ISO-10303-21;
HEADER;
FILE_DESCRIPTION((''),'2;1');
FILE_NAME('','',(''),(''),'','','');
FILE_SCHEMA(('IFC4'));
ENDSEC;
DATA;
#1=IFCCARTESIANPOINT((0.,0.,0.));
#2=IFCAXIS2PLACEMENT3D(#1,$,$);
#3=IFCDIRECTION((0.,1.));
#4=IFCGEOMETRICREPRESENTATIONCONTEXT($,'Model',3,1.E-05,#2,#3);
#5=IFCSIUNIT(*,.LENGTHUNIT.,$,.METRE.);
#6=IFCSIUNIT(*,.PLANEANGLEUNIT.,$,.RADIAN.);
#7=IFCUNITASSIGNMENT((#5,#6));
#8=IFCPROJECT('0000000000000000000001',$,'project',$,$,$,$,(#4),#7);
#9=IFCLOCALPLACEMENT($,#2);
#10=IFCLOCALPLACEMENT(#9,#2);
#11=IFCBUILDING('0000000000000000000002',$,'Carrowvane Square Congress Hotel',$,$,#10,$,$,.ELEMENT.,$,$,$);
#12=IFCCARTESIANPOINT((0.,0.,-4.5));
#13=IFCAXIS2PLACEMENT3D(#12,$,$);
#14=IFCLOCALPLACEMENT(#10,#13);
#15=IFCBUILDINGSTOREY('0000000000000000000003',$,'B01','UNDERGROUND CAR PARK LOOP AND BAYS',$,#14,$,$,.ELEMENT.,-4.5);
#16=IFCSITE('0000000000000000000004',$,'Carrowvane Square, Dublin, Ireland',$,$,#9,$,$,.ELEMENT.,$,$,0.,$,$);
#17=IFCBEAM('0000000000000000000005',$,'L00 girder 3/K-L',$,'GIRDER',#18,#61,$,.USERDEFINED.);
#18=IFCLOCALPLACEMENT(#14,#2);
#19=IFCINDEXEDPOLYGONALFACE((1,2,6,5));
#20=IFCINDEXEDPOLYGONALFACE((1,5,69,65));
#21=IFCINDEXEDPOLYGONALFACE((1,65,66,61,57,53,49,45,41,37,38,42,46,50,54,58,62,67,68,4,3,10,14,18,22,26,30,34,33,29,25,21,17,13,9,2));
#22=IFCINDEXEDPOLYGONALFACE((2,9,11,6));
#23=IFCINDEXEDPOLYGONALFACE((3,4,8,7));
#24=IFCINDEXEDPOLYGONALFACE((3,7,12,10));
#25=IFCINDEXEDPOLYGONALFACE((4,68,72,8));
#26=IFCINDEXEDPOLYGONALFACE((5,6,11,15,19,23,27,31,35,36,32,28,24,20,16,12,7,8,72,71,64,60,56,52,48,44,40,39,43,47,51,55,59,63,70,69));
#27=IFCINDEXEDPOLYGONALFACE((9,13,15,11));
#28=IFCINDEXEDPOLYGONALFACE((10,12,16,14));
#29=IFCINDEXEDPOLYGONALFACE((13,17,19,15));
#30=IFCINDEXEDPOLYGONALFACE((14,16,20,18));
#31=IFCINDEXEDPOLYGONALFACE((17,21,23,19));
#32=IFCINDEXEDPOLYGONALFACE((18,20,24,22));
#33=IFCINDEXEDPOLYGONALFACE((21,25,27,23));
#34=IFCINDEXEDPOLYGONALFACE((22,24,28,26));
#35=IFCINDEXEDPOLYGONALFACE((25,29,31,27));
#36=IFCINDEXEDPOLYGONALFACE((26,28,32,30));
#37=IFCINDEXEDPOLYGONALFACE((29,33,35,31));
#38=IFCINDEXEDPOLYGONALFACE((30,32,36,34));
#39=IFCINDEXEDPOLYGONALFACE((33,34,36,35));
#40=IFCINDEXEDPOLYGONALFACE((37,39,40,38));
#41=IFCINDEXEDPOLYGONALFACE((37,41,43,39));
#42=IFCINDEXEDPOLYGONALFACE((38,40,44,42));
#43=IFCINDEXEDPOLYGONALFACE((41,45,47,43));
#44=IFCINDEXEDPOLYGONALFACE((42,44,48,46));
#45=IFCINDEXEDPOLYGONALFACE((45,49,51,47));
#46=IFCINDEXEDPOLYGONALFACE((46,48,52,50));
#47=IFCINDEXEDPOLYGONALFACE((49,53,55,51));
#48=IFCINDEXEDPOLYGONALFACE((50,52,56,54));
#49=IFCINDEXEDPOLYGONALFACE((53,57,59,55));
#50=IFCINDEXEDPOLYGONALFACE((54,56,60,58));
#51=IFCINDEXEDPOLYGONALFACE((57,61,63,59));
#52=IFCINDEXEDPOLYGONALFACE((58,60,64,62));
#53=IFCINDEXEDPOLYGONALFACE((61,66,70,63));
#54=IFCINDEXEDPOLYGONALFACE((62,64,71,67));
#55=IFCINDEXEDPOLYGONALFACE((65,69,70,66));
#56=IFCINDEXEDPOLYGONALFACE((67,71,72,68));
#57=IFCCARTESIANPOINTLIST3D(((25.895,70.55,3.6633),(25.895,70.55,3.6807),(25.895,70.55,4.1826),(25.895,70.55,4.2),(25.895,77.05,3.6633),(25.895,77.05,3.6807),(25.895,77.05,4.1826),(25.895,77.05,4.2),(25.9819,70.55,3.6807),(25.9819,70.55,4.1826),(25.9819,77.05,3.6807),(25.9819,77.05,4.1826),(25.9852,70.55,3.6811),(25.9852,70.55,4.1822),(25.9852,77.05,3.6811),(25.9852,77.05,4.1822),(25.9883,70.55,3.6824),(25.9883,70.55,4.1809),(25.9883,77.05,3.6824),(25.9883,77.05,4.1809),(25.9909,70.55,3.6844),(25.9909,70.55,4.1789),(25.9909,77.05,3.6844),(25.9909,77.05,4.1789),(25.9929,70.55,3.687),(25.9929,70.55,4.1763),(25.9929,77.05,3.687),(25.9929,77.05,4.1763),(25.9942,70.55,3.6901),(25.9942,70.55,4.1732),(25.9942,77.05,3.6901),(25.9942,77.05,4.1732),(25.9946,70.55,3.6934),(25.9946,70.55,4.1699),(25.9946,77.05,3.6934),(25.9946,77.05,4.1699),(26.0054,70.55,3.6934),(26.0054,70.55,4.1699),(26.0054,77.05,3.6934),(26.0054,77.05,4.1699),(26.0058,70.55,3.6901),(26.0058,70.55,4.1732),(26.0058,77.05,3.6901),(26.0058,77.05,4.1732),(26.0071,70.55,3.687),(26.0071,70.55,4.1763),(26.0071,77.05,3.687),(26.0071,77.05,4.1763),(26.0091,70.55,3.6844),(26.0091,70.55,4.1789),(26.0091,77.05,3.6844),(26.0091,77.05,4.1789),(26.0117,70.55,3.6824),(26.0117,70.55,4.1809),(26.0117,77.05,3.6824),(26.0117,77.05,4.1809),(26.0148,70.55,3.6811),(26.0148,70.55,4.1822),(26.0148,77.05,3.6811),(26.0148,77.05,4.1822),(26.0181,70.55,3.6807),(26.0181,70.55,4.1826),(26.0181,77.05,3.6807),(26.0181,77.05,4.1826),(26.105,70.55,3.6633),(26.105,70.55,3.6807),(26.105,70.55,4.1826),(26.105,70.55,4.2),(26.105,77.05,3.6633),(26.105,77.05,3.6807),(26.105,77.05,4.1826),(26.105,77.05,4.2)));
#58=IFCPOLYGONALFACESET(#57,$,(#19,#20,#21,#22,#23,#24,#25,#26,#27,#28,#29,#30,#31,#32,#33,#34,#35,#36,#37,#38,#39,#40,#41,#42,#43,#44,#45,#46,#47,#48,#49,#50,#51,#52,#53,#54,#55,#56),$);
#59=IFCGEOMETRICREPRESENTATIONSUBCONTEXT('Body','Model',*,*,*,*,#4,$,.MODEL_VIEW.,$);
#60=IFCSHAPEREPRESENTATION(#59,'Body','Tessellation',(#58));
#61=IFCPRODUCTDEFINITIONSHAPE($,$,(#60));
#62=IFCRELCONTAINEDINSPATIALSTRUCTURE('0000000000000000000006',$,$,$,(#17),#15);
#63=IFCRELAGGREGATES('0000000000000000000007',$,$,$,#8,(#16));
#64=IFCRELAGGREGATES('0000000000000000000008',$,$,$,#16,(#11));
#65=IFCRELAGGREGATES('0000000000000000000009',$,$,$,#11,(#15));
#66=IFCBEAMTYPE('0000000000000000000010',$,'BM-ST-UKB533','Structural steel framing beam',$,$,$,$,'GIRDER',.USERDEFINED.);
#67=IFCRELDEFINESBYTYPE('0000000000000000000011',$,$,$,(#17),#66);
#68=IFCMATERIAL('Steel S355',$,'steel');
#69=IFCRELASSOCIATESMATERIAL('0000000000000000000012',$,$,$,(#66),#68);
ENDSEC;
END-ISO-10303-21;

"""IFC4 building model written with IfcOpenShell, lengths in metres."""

from ifc_helpers import new_model, si_unit, direction, frame, origin, origin_2d, place, context, subcontext, project, spatial, i_section, extrude, material, material_profile, profile_set, type_object, element, save


model = new_model("IFC4")

# Units and contexts
model_context = context("Model", 3, precision=1e-05, world=origin(), true_north=direction((0.0, 1.0)))
body_context = subcontext(model_context, "Body", "Model", "MODEL_VIEW")
ifc_project = project(units=[si_unit("LENGTHUNIT", "METRE"), si_unit("PLANEANGLEUNIT", "RADIAN")], contexts=[model_context])

# Site, building, storey
site_placement = place(None, origin())
site = spatial("IfcSite", under=ifc_project, at=site_placement, Name="Carrowvane Square, Dublin, Ireland", CompositionType="ELEMENT", RefElevation=0.0)
building_placement = place(site_placement, origin())
building = spatial("IfcBuilding", under=site, at=building_placement, Name="Carrowvane Square Congress Hotel", CompositionType="ELEMENT")
storey_placement = place(building_placement, frame((0.0, 0.0, -4.5)))
storey = spatial("IfcBuildingStorey", under=building, at=storey_placement, Name="B01", Description="UNDERGROUND CAR PARK LOOP AND BAYS", CompositionType="ELEMENT", Elevation=-4.5)

# Beam
ifc_material_1 = material(Name="Steel S355", Category="steel")
ifc_material_profile_1 = material_profile(ifc_material_1, i_section(OverallWidth=0.21, OverallDepth=0.5366, WebThickness=0.0107, FlangeThickness=0.0173, FilletRadius=0.0127, at=origin_2d()), Name="UKB 533x210x101")
ifc_profile_set_1 = profile_set([ifc_material_profile_1], Name="Steel S355")
beam_type_1 = type_object("IfcBeamType", Name="BM-ST-UKB533", Description="Structural steel framing beam", ElementType="GIRDER", PredefinedType="USERDEFINED", material=ifc_profile_set_1)
for number, where, z_axis, x_axis, name in (
    (1, (26.0, 70.55, 3.9316), (0.0, 1.0, 0.0), (-1.0, 0.0, 0.0), "L00 girder 3/K-L"),
):
    element("IfcBeam", number, at=place(storey_placement, frame(where, z_axis=z_axis, x_axis=x_axis)), inside=storey, type_object=beam_type_1, Name=name, ObjectType="GIRDER", PredefinedType="USERDEFINED", context=body_context, shape_type="SweptSolid", body=[
        extrude(i_section(OverallWidth=0.21, OverallDepth=0.5366, WebThickness=0.0107, FlangeThickness=0.0173, FilletRadius=0.0127, at=origin_2d()), origin(), (0.0, 0.0, 1.0), 6.5),
    ])

save(model, "model.ifc")
